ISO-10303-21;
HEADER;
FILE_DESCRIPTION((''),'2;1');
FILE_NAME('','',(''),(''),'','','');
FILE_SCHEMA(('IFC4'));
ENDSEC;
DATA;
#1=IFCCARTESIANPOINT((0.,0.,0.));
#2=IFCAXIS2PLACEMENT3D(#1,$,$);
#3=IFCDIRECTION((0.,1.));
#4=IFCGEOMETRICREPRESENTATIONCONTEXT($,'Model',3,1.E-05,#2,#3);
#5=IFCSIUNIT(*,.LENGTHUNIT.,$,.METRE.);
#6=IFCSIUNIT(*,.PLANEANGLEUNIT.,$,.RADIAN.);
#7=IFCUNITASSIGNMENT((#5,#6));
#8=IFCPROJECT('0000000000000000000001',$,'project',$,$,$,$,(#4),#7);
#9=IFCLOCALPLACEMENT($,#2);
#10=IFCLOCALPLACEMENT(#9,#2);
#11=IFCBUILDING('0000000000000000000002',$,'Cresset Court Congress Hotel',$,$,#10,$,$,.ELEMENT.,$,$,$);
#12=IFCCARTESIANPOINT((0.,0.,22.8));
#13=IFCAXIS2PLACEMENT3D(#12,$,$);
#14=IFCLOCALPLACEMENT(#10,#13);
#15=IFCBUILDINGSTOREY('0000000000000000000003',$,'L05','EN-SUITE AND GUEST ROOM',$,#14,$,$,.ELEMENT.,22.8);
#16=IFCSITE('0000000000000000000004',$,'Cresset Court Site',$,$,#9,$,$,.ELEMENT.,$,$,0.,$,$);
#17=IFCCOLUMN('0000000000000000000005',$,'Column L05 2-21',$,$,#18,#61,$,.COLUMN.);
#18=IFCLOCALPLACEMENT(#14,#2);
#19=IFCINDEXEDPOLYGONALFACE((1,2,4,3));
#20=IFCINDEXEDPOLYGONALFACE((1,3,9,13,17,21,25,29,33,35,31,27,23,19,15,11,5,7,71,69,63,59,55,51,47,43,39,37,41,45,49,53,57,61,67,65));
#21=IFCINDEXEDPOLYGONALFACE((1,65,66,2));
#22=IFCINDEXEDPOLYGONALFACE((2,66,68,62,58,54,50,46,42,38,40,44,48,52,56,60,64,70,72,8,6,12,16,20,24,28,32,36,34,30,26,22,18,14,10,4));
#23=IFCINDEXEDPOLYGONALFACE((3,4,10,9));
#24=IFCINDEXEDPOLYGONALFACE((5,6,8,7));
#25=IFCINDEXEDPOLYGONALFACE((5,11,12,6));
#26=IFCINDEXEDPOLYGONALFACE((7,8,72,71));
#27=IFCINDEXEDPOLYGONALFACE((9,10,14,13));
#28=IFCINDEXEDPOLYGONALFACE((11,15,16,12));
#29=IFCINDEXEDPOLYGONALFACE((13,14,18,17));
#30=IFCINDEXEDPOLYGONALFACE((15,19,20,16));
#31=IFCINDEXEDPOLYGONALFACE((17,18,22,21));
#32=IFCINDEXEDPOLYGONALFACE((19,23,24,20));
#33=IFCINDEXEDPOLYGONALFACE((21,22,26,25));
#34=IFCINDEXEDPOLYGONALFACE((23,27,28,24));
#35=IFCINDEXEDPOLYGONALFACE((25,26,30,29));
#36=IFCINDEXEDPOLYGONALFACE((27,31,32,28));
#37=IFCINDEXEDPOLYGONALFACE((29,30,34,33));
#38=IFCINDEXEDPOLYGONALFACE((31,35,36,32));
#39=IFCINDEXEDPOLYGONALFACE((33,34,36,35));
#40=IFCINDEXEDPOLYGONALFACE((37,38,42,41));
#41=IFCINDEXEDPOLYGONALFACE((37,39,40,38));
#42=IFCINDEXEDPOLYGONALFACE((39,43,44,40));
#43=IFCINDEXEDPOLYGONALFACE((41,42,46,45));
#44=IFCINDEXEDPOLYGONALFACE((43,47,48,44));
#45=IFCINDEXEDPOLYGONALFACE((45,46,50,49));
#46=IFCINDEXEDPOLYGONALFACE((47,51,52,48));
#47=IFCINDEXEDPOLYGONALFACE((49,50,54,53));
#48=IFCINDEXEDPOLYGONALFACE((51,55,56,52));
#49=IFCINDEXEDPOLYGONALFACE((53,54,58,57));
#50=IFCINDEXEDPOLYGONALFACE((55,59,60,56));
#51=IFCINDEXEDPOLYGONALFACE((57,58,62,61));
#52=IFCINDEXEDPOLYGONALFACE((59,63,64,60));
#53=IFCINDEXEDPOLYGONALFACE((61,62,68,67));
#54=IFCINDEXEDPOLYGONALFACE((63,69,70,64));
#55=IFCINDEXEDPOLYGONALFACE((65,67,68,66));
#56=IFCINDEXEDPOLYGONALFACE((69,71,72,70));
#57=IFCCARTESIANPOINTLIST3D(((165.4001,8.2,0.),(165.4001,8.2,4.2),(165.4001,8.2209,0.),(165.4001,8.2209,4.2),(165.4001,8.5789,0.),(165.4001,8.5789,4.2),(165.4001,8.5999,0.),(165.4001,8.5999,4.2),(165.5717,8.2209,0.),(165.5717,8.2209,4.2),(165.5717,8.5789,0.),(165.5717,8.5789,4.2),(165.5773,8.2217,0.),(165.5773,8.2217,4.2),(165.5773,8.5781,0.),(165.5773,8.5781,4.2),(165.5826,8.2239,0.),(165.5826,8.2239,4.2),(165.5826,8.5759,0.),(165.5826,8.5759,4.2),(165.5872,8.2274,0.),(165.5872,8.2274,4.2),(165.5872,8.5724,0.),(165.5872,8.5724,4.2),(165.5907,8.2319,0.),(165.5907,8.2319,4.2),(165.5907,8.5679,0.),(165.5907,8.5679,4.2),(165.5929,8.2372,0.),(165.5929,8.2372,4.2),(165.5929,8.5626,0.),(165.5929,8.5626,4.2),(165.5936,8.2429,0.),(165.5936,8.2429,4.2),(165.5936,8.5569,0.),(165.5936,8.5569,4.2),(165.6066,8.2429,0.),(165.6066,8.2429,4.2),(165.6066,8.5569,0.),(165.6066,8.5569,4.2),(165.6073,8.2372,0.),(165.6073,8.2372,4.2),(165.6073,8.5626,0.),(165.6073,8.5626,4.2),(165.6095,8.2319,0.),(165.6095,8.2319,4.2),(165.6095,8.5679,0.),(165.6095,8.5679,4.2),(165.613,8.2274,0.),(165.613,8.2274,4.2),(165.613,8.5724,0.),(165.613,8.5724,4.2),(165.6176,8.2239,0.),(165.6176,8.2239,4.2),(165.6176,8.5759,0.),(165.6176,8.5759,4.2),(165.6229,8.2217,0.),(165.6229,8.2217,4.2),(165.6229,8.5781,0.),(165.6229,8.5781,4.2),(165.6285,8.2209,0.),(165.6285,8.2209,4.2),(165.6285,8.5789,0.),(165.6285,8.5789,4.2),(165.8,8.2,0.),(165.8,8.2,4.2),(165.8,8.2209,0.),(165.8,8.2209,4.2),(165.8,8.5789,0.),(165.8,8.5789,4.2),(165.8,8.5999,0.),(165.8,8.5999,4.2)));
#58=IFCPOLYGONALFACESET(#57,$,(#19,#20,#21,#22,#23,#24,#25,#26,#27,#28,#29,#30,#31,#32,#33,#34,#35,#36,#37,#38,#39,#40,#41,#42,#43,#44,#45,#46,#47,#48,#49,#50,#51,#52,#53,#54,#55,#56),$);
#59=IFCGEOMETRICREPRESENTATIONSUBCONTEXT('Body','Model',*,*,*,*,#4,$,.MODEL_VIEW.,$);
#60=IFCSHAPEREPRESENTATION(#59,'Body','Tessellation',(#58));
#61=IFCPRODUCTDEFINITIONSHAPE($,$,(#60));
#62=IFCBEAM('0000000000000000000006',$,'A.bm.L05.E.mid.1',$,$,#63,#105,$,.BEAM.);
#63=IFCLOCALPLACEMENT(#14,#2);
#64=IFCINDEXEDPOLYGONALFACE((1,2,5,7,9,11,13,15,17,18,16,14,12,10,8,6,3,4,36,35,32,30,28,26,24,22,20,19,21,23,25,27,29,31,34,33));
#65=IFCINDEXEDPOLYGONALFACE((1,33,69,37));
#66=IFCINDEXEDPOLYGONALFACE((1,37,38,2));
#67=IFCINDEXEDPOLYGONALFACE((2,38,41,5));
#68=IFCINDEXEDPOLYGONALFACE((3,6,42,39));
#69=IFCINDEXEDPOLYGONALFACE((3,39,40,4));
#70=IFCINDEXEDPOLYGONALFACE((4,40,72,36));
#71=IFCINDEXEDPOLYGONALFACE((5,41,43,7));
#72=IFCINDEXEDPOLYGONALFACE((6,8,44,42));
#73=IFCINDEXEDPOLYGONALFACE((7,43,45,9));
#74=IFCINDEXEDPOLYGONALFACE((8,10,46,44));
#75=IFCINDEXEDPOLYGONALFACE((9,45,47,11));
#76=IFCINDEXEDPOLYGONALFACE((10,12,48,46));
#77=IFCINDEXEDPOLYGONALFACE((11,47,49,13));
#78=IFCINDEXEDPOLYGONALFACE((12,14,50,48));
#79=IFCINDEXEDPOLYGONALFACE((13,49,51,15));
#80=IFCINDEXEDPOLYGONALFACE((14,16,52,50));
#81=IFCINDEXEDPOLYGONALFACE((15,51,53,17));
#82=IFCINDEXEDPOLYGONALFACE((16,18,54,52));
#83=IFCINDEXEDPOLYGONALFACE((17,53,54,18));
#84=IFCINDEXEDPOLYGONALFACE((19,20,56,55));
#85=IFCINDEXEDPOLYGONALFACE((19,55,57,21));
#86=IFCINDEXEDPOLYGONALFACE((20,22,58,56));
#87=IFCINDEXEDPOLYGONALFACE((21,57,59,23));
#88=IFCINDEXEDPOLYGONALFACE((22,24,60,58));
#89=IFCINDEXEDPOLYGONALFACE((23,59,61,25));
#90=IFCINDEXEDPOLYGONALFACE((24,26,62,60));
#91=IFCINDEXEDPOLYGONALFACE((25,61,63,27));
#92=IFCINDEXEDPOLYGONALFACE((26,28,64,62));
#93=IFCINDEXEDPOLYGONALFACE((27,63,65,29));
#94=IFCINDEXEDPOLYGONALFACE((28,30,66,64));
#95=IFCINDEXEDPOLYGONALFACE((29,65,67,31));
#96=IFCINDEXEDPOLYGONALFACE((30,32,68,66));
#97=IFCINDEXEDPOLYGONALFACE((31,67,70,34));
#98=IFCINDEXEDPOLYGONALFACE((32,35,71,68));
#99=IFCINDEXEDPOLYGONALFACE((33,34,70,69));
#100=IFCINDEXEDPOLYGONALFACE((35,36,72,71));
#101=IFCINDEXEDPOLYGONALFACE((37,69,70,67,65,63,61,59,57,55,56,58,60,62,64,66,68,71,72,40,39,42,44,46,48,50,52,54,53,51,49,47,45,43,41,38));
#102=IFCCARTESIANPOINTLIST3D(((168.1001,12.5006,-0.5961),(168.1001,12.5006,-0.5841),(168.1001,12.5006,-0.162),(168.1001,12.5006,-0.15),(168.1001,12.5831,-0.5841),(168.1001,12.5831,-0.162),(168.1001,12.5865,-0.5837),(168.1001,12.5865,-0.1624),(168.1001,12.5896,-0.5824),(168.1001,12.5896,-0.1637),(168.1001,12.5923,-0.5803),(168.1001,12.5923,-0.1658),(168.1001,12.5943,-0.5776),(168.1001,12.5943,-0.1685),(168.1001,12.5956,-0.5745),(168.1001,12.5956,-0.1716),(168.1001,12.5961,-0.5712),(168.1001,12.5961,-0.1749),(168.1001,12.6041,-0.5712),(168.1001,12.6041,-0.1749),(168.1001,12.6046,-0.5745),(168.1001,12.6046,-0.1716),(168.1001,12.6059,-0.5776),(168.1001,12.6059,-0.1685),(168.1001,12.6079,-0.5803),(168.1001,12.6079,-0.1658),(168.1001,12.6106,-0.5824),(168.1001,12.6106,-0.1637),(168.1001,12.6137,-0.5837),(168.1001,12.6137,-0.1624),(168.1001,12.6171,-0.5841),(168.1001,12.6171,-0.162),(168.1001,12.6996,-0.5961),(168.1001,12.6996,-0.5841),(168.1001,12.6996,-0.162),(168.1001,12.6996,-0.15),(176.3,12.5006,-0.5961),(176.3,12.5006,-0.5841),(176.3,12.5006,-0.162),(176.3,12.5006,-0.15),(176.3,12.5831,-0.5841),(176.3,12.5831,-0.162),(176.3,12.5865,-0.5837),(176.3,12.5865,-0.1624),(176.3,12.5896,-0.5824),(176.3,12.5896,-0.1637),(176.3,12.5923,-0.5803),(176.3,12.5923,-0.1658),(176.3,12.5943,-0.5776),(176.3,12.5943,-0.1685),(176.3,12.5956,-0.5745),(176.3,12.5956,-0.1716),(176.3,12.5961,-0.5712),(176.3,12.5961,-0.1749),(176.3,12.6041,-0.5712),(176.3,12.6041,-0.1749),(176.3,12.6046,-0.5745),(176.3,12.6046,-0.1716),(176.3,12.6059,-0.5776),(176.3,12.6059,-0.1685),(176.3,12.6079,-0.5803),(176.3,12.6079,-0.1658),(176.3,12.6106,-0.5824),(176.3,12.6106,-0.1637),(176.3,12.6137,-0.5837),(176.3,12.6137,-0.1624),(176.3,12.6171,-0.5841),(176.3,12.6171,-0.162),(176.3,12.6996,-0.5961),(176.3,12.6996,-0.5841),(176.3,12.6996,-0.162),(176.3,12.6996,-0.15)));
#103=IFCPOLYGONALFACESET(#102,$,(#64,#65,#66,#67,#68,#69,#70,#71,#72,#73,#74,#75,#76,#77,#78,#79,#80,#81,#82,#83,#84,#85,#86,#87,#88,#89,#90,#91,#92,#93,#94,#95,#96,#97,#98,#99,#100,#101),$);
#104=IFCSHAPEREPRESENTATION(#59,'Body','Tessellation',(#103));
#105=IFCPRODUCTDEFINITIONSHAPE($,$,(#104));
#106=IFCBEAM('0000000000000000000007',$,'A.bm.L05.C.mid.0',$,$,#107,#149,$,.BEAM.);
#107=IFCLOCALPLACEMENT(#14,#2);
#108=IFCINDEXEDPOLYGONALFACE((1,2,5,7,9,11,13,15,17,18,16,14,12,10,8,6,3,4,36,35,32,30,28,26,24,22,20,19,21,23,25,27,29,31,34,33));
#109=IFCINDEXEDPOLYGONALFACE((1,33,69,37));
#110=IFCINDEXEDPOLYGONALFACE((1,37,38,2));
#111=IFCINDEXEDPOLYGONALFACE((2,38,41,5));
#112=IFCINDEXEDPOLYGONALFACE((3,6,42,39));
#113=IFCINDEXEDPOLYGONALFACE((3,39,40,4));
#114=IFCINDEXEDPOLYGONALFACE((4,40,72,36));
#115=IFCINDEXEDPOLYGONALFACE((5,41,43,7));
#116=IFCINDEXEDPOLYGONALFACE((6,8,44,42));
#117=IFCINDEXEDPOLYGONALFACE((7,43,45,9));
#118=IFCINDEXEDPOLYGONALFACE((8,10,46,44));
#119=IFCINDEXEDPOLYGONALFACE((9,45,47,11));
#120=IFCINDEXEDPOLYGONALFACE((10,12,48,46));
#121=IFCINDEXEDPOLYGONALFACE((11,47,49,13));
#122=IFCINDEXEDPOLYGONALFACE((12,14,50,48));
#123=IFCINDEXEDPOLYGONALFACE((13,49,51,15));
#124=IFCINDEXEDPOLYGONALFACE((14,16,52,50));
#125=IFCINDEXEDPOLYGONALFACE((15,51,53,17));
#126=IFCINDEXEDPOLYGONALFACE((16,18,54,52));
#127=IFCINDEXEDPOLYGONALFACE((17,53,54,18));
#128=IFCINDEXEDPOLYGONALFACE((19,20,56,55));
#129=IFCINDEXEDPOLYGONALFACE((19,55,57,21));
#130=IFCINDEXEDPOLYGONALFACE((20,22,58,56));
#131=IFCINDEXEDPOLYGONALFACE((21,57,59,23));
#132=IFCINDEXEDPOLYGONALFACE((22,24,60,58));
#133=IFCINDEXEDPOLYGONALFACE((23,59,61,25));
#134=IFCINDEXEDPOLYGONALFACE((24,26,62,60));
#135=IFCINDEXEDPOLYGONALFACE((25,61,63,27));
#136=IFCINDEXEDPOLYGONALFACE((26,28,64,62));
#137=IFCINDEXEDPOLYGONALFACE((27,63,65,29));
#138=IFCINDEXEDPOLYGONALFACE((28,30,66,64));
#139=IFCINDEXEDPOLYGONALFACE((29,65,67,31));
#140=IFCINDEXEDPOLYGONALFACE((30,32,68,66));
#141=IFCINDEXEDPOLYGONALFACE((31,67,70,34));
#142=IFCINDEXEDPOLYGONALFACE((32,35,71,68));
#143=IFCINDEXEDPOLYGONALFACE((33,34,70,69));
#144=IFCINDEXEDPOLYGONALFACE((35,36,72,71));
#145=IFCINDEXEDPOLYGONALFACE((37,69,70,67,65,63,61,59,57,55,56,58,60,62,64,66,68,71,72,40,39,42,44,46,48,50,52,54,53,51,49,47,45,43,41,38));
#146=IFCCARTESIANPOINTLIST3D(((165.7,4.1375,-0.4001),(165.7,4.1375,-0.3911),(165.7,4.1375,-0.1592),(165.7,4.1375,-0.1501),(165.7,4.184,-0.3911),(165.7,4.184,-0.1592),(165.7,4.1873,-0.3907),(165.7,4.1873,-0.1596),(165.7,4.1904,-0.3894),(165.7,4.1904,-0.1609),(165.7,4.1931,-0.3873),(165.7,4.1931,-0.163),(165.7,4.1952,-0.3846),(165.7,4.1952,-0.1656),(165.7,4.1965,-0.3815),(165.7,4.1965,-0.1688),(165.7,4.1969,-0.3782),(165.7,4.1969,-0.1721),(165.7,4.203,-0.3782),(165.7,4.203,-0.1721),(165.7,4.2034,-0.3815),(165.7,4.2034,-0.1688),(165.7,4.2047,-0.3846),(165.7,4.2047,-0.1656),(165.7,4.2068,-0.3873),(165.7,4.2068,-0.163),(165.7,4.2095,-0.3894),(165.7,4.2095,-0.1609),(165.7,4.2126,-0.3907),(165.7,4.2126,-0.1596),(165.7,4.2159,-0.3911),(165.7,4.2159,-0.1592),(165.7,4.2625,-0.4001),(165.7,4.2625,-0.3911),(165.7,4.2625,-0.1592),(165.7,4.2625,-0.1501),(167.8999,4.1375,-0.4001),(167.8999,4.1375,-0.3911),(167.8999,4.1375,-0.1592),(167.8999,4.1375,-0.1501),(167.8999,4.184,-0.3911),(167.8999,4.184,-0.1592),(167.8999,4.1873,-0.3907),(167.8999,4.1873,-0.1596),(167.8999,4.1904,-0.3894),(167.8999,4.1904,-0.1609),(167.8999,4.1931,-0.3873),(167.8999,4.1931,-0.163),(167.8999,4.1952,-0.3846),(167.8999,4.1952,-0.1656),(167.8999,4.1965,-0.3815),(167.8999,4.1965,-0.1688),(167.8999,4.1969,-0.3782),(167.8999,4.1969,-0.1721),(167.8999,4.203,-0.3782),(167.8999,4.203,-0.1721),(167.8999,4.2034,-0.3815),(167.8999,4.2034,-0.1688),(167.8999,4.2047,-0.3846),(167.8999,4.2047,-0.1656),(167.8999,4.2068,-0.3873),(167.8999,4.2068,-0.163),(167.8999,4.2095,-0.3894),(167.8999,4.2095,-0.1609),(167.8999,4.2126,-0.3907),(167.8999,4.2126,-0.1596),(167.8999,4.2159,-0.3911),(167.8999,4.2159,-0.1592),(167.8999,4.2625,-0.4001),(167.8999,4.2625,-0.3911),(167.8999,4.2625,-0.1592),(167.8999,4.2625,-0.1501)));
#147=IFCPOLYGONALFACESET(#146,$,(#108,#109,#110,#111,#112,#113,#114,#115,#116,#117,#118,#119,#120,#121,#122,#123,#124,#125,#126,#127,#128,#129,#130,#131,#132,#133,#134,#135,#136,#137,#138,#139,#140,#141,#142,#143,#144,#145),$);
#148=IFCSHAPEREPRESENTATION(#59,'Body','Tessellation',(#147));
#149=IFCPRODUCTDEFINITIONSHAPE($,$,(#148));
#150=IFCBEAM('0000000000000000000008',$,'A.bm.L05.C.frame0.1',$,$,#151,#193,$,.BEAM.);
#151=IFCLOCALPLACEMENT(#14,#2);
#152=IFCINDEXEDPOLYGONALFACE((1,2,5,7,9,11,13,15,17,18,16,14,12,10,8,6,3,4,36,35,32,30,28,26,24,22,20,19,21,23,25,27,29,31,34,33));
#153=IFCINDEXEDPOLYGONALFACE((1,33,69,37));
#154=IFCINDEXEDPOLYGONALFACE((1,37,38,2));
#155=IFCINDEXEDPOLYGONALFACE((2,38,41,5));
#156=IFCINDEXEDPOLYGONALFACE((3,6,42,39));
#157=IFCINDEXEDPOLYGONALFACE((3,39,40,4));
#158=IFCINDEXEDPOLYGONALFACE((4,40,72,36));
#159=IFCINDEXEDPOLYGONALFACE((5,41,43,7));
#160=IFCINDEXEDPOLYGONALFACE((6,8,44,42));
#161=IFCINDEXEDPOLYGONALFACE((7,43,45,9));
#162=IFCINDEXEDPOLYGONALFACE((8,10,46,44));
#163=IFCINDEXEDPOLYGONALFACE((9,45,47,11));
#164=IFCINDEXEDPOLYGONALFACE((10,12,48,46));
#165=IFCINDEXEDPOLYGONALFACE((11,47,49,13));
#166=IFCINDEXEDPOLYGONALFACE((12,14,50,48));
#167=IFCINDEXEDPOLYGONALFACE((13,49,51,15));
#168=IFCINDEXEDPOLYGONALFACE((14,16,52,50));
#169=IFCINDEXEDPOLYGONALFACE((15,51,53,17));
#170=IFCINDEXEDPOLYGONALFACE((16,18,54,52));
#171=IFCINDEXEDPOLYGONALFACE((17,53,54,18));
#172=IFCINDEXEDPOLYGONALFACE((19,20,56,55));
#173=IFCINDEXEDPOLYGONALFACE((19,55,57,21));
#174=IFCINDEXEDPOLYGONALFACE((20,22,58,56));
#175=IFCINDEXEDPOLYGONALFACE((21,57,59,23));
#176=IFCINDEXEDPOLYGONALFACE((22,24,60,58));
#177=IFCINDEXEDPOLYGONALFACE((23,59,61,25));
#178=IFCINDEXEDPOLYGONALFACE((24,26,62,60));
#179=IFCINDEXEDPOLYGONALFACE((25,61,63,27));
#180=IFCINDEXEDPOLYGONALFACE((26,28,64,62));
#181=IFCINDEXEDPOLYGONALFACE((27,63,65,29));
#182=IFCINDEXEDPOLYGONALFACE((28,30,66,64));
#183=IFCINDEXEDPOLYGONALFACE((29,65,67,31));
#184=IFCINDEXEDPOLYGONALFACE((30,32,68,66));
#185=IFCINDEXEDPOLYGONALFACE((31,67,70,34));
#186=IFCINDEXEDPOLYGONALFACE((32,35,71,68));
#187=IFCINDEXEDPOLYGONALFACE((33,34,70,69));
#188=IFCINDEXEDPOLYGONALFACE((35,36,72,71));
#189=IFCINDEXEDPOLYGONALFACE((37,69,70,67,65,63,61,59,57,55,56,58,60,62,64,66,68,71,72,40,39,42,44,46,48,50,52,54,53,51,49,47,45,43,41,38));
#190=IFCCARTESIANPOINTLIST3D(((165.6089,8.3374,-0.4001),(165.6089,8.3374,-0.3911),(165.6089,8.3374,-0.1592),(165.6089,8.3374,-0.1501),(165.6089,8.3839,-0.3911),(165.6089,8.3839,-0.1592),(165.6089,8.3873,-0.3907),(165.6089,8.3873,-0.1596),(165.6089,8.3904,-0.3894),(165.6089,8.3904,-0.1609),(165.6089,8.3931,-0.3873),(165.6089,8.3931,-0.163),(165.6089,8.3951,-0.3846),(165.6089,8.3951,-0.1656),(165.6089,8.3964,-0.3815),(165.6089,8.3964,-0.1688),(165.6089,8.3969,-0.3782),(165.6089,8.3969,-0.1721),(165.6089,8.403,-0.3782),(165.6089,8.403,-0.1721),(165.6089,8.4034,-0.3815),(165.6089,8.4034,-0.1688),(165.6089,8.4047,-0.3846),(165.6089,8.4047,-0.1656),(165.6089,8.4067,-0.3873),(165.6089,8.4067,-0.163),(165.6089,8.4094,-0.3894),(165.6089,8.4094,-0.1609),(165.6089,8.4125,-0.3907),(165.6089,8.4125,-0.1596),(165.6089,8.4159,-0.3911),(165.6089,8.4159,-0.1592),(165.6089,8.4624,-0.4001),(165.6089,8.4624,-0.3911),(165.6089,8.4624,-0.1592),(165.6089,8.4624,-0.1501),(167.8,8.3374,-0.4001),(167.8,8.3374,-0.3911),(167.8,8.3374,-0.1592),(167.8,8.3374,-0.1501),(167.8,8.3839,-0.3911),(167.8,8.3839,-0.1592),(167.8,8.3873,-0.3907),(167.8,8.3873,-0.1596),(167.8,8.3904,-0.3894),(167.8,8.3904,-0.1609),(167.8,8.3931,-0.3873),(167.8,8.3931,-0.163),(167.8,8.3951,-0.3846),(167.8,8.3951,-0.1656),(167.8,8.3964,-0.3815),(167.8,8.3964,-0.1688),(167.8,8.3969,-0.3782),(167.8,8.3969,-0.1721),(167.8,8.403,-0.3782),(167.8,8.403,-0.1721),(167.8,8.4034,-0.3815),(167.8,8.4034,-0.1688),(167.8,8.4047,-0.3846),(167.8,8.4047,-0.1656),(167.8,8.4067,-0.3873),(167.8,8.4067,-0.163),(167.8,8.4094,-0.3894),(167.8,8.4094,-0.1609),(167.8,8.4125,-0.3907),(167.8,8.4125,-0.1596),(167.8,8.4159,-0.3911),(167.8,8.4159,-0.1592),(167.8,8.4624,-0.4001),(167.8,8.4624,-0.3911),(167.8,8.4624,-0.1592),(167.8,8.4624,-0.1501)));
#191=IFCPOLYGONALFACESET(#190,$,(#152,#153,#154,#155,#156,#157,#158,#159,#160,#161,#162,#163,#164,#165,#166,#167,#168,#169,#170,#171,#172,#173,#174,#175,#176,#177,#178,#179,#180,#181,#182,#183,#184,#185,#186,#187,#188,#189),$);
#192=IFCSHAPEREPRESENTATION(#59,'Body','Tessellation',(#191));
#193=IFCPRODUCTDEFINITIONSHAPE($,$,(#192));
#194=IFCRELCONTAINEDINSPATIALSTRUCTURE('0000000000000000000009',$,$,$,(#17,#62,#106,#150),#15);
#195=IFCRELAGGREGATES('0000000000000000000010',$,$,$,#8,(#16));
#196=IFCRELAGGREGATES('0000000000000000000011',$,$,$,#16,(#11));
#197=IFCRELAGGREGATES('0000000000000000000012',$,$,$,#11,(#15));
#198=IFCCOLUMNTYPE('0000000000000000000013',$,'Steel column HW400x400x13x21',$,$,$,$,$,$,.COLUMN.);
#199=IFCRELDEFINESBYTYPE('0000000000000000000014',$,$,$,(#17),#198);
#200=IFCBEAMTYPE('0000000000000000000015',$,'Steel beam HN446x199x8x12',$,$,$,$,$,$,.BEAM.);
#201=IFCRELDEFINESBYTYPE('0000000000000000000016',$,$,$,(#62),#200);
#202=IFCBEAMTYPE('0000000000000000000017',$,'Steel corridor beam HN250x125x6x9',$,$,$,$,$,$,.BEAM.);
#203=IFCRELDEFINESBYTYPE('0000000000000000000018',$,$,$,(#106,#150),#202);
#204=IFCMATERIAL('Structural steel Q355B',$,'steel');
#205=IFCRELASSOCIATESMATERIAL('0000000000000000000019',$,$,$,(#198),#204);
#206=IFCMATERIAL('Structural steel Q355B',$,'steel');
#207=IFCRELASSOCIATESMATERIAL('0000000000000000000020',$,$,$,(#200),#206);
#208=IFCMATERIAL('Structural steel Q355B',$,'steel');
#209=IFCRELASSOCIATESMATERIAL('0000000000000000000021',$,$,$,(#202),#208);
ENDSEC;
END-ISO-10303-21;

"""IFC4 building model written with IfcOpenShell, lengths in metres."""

from ifc_helpers import new_model, si_unit, direction, frame, origin, origin_2d, place, context, subcontext, project, spatial, i_section, extrude, material, material_profile, profile_set, type_object, element, save


model = new_model("IFC4")

# Units and contexts
model_context = context("Model", 3, precision=1e-05, world=origin(), true_north=direction((0.0, 1.0)))
body_context = subcontext(model_context, "Body", "Model", "MODEL_VIEW")
ifc_project = project(units=[si_unit("LENGTHUNIT", "METRE"), si_unit("PLANEANGLEUNIT", "RADIAN")], contexts=[model_context])

# Site, building, storey
site_placement = place(None, origin())
site = spatial("IfcSite", under=ifc_project, at=site_placement, Name="Cresset Court Site", CompositionType="ELEMENT", RefElevation=0.0)
building_placement = place(site_placement, origin())
building = spatial("IfcBuilding", under=site, at=building_placement, Name="Cresset Court Congress Hotel", CompositionType="ELEMENT")
storey_placement = place(building_placement, frame((0.0, 0.0, 22.8)))
storey = spatial("IfcBuildingStorey", under=building, at=storey_placement, Name="L05", Description="EN-SUITE AND GUEST ROOM", CompositionType="ELEMENT", Elevation=22.8)

# Column
ifc_material_1 = material(Name="Structural steel Q355B", Category="steel")
ifc_material_profile_1 = material_profile(ifc_material_1, i_section(OverallWidth=0.3999, OverallDepth=0.3999, WebThickness=0.0129, FlangeThickness=0.021, FilletRadius=0.022, at=origin_2d()), Name="HW400x400x13x21")
ifc_profile_set_1 = profile_set([ifc_material_profile_1], Name="Structural steel Q355B")
column_type = type_object("IfcColumnType", Name="Steel column HW400x400x13x21", PredefinedType="COLUMN", material=ifc_profile_set_1)
column_placement = place(storey_placement, frame((165.6001, 8.3999, 0.0), z_axis=(0.0, 0.0, 1.0), x_axis=(1.0, 0.0, 0.0)))
element("IfcColumn", 1, at=column_placement, inside=storey, type_object=column_type, Name="Column L05 2-21", PredefinedType="COLUMN", context=body_context, shape_type="SweptSolid", body=[
    extrude(i_section(OverallWidth=0.3999, OverallDepth=0.3999, WebThickness=0.0129, FlangeThickness=0.021, FilletRadius=0.022, at=origin_2d()), origin(), (0.0, 0.0, 1.0), 4.2),
])

# Beams
ifc_material_2 = material(Name="Structural steel Q355B", Category="steel")
ifc_material_profile_2 = material_profile(ifc_material_2, i_section(OverallWidth=0.199, OverallDepth=0.446, WebThickness=0.0081, FlangeThickness=0.012, FilletRadius=0.0129, at=origin_2d()), Name="HN446x199x8x12")
ifc_profile_set_2 = profile_set([ifc_material_profile_2], Name="Structural steel Q355B")
beam_type_1 = type_object("IfcBeamType", Name="Steel beam HN446x199x8x12", PredefinedType="BEAM", material=ifc_profile_set_2)
beam_1_placement = place(storey_placement, frame((168.1001, 12.6001, -0.373), z_axis=(1.0, 0.0, 0.0), x_axis=(0.0, 1.0, 0.0)))
element("IfcBeam", 2, at=beam_1_placement, inside=storey, type_object=beam_type_1, Name="A.bm.L05.E.mid.1", PredefinedType="BEAM", context=body_context, shape_type="SweptSolid", body=[
    extrude(i_section(OverallWidth=0.199, OverallDepth=0.446, WebThickness=0.0081, FlangeThickness=0.012, FilletRadius=0.0129, at=origin_2d()), origin(), (0.0, 0.0, 1.0), 8.2),
])
ifc_material_3 = material(Name="Structural steel Q355B", Category="steel")
ifc_material_profile_3 = material_profile(ifc_material_3, i_section(OverallWidth=0.125, OverallDepth=0.25, WebThickness=0.0061, FlangeThickness=0.009, FilletRadius=0.0129, at=origin_2d()), Name="HN250x125x6x9")
ifc_profile_set_3 = profile_set([ifc_material_profile_3], Name="Structural steel Q355B")
beam_type_2 = type_object("IfcBeamType", Name="Steel corridor beam HN250x125x6x9", PredefinedType="BEAM", material=ifc_profile_set_3)
beam_2_placement = place(storey_placement, frame((165.7, 4.2, -0.2751), z_axis=(1.0, 0.0, 0.0), x_axis=(0.0, 1.0, 0.0)))
element("IfcBeam", 3, at=beam_2_placement, inside=storey, type_object=beam_type_2, Name="A.bm.L05.C.mid.0", PredefinedType="BEAM", context=body_context, shape_type="SweptSolid", body=[
    extrude(i_section(OverallWidth=0.125, OverallDepth=0.25, WebThickness=0.0061, FlangeThickness=0.009, FilletRadius=0.0129, at=origin_2d()), origin(), (0.0, 0.0, 1.0), 2.2),
])
beam_3_placement = place(storey_placement, frame((165.6089, 8.3999, -0.2751), z_axis=(1.0, 0.0, 0.0), x_axis=(0.0, 1.0, 0.0)))
element("IfcBeam", 4, at=beam_3_placement, inside=storey, type_object=beam_type_2, Name="A.bm.L05.C.frame0.1", PredefinedType="BEAM", context=body_context, shape_type="SweptSolid", body=[
    extrude(i_section(OverallWidth=0.125, OverallDepth=0.25, WebThickness=0.0061, FlangeThickness=0.009, FilletRadius=0.0129, at=origin_2d()), origin(), (0.0, 0.0, 1.0), 2.1912),
])

save(model, "model.ifc")
